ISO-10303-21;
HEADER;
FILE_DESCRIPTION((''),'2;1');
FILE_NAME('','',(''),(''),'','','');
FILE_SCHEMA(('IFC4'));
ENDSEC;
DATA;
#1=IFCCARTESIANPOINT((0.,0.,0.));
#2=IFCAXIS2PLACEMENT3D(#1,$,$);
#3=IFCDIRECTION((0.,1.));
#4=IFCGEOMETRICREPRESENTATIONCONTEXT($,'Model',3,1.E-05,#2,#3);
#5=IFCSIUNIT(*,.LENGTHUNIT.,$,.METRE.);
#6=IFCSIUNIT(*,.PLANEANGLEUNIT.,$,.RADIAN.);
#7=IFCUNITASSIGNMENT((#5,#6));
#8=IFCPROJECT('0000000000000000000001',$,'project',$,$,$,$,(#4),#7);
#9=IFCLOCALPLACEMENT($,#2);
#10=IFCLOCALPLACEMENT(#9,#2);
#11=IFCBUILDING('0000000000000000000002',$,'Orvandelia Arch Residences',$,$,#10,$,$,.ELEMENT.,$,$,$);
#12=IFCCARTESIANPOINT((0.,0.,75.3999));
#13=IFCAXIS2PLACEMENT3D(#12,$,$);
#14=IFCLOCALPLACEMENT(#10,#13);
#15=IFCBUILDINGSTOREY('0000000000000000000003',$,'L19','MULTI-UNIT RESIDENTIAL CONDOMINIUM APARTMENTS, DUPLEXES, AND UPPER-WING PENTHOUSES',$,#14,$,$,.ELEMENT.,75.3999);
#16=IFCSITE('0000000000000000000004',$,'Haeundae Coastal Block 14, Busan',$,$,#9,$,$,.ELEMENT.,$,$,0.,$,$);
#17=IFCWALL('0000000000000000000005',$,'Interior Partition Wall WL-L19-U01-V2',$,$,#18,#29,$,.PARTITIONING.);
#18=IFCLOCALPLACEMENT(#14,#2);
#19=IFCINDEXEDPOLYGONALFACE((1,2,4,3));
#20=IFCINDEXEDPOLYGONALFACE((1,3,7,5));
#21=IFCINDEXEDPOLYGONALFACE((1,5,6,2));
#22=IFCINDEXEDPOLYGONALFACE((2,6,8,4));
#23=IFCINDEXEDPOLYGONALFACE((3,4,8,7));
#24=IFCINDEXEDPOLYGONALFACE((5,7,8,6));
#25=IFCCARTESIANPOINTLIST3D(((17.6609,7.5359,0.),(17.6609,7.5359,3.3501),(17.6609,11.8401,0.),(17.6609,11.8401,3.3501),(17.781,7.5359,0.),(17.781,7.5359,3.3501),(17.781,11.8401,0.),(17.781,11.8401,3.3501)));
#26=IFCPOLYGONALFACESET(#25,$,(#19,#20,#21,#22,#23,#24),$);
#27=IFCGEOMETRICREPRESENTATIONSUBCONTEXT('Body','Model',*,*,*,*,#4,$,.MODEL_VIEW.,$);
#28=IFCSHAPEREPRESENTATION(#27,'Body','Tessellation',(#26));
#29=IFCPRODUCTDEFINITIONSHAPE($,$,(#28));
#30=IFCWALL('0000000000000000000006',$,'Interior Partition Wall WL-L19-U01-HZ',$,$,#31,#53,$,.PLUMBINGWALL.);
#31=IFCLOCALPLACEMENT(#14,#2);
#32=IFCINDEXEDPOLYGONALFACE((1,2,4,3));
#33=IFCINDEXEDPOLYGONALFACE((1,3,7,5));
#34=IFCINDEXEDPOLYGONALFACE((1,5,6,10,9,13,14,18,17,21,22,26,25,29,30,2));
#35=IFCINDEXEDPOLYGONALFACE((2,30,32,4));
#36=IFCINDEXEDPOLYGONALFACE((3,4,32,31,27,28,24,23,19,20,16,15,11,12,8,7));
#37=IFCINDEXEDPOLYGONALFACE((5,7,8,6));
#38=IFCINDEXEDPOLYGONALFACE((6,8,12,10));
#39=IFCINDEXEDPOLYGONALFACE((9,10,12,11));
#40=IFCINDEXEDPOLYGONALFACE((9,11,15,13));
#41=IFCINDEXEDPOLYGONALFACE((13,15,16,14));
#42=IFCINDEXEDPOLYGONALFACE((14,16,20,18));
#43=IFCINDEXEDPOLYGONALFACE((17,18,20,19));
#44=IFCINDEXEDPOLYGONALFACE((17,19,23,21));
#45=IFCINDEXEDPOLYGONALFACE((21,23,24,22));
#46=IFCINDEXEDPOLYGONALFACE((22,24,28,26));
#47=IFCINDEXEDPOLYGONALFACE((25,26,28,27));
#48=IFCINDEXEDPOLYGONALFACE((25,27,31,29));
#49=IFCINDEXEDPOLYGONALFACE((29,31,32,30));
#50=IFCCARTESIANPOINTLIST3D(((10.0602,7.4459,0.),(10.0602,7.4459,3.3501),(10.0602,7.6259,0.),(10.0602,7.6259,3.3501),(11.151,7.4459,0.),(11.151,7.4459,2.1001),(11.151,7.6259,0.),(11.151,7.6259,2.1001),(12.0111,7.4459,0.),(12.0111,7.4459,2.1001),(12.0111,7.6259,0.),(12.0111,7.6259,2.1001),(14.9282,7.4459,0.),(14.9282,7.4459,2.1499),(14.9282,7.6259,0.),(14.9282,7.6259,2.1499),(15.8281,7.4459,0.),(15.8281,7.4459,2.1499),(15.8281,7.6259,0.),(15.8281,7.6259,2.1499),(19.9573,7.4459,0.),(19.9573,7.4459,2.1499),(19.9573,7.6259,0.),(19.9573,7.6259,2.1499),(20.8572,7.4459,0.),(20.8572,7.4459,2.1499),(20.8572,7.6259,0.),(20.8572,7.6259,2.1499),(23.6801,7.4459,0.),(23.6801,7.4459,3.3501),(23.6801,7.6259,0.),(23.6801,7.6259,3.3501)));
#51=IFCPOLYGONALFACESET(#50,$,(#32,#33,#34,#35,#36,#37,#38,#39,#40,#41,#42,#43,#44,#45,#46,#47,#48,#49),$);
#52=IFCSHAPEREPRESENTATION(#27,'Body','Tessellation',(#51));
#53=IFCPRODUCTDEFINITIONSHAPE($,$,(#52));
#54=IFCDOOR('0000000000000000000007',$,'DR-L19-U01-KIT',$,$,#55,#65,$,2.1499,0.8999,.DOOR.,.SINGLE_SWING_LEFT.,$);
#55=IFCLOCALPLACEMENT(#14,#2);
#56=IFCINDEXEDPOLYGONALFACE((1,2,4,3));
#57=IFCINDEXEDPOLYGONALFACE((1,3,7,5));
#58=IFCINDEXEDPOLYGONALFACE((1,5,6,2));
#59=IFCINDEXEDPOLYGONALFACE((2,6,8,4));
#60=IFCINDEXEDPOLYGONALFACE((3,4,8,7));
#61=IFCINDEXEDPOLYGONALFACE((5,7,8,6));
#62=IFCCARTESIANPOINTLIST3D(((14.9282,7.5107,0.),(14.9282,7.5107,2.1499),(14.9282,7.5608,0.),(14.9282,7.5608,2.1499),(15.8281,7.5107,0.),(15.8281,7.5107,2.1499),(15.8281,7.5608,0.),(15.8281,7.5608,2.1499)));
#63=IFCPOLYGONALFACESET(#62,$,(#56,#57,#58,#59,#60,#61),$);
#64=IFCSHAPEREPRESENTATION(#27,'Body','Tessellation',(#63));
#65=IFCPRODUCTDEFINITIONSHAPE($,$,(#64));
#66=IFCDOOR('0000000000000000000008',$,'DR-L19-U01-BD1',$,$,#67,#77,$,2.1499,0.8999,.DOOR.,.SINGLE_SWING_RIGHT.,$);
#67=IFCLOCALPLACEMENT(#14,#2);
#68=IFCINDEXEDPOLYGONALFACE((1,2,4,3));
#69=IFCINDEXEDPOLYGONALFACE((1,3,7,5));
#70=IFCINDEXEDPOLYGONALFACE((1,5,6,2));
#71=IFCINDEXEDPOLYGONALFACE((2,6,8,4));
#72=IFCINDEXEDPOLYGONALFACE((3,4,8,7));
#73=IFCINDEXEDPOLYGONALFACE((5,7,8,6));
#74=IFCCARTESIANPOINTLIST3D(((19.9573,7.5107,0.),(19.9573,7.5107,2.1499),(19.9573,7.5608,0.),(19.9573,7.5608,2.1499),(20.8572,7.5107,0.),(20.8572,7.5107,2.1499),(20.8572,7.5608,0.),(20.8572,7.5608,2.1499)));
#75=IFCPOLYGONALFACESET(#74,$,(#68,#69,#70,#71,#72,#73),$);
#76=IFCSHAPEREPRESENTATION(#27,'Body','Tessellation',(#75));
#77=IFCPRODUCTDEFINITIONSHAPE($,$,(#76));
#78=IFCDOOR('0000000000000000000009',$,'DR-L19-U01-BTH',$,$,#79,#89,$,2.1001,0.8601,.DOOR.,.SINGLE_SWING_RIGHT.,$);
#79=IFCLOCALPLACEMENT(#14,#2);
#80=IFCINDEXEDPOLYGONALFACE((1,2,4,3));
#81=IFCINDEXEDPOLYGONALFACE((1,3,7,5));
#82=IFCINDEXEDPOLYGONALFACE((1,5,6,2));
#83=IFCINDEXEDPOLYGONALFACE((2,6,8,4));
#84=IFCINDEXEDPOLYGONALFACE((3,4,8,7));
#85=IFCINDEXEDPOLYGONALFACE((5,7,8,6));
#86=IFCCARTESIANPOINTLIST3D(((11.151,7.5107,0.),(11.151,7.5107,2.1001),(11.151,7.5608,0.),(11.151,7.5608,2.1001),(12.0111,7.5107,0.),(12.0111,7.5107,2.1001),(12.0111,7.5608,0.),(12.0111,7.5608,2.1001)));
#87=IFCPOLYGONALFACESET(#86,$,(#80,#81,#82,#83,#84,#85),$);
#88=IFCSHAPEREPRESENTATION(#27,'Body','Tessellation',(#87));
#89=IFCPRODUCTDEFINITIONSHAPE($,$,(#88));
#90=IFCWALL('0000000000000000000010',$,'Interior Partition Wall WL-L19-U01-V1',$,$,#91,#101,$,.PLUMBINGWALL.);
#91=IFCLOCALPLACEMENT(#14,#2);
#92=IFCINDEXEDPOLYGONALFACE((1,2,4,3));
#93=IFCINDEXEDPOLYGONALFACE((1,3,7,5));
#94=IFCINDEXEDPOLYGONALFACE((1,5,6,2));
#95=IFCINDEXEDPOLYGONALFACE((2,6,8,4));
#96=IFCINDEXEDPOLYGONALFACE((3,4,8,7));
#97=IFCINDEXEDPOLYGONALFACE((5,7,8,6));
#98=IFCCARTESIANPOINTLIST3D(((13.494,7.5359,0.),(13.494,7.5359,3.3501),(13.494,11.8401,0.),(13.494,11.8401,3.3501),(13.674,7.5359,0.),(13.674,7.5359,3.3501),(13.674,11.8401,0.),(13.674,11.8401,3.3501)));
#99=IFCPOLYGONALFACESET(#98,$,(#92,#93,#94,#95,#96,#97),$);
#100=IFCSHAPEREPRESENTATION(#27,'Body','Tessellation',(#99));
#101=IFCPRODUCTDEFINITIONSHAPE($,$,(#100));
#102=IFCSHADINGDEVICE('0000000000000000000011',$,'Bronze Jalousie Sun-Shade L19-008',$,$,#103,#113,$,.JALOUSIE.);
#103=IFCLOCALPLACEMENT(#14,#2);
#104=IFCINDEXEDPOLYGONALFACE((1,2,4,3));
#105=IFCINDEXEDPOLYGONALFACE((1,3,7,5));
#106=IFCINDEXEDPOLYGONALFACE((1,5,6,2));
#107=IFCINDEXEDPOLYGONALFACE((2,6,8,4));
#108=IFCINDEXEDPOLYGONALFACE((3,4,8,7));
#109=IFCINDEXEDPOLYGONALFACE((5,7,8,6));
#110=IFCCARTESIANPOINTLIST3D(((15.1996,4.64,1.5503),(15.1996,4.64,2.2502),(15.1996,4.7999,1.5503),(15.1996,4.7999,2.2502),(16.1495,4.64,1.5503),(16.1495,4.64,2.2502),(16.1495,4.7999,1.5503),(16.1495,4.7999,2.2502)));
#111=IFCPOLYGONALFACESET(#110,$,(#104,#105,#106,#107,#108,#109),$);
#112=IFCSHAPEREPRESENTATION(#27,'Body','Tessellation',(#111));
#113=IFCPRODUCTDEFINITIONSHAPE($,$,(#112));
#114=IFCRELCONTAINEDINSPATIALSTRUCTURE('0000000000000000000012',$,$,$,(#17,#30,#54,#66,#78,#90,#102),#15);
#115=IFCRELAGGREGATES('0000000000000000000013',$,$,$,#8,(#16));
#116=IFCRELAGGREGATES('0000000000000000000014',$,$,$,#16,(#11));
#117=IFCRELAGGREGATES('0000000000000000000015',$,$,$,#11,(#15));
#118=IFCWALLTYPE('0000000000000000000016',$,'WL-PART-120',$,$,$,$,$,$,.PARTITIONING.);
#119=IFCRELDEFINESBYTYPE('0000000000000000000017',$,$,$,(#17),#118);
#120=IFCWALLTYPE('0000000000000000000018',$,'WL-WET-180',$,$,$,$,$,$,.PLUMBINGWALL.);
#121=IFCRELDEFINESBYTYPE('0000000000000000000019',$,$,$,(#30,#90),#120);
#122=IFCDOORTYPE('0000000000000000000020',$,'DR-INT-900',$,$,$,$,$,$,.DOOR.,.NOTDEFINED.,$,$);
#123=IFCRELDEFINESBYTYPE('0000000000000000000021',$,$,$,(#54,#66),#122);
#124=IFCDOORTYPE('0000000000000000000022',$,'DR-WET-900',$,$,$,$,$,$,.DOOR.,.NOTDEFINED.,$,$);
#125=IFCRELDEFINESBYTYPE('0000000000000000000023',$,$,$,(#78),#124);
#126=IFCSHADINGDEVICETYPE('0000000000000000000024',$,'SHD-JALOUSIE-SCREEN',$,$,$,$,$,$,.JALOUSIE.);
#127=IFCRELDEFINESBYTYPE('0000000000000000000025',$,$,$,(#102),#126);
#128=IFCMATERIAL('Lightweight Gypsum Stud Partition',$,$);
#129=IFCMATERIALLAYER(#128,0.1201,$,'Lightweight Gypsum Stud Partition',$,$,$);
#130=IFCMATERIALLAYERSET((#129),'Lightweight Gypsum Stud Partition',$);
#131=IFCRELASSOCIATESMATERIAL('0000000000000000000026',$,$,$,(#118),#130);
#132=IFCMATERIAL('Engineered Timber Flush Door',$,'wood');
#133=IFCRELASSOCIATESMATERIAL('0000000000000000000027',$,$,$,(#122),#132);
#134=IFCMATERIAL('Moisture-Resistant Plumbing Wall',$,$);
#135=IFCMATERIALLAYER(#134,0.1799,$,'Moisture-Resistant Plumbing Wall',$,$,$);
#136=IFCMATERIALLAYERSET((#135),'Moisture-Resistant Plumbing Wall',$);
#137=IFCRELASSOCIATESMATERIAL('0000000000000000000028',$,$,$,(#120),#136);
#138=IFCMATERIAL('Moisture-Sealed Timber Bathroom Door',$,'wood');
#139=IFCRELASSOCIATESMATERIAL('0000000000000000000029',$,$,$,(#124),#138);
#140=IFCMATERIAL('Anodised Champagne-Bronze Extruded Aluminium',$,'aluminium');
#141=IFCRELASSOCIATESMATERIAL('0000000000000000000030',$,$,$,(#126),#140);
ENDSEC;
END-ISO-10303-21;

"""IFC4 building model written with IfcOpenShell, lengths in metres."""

from ifc_helpers import new_model, si_unit, direction, frame, frame_2d, origin, origin_2d, place, context, subcontext, project, spatial, rectangle, extrude, material, layer, layer_set, type_object, element, fill, save


model = new_model("IFC4")

# Units and contexts
model_context = context("Model", 3, precision=1e-05, world=origin(), true_north=direction((0.0, 1.0)))
body_context = subcontext(model_context, "Body", "Model", "MODEL_VIEW")
ifc_project = project(units=[si_unit("LENGTHUNIT", "METRE"), si_unit("PLANEANGLEUNIT", "RADIAN")], contexts=[model_context])

# Site, building, storey
site_placement = place(None, origin())
site = spatial("IfcSite", under=ifc_project, at=site_placement, Name="Haeundae Coastal Block 14, Busan", CompositionType="ELEMENT", RefElevation=0.0)
building_placement = place(site_placement, origin())
building = spatial("IfcBuilding", under=site, at=building_placement, Name="Orvandelia Arch Residences", CompositionType="ELEMENT")
storey_placement = place(building_placement, frame((0.0, 0.0, 75.3999)))
storey = spatial("IfcBuildingStorey", under=building, at=storey_placement, Name="L19", Description="MULTI-UNIT RESIDENTIAL CONDOMINIUM APARTMENTS, DUPLEXES, AND UPPER-WING PENTHOUSES", CompositionType="ELEMENT", Elevation=75.3999)

# Wall
ifc_material_1 = material(Name="Lightweight Gypsum Stud Partition")
ifc_layer_1 = layer(ifc_material_1, 0.1201, Name="Lightweight Gypsum Stud Partition")
ifc_layer_set_1 = layer_set([ifc_layer_1], Name="Lightweight Gypsum Stud Partition")
wall_type_1 = type_object("IfcWallType", Name="WL-PART-120", PredefinedType="PARTITIONING", material=ifc_layer_set_1)
wall_1_placement = place(storey_placement, frame((17.7209, 7.5359, 0.0), z_axis=(0.0, 0.0, 1.0), x_axis=(0.0, 1.0, 0.0)))
element("IfcWall", 1, at=wall_1_placement, inside=storey, type_object=wall_type_1, Name="Interior Partition Wall WL-L19-U01-V2", PredefinedType="PARTITIONING", context=body_context, shape_type="SweptSolid", body=[
    extrude(rectangle(XDim=4.3042, YDim=0.1201, at=frame_2d((2.1521, 0.0))), origin(), (0.0, 0.0, 1.0), 3.3501),
])

# Shared definitions
ifc_material_2 = material(Name="Engineered Timber Flush Door", Category="wood")
door_type_1 = type_object("IfcDoorType", Name="DR-INT-900", OperationType="NOTDEFINED", PredefinedType="DOOR", material=ifc_material_2)

# Wall, openings, doors
ifc_material_3 = material(Name="Moisture-Resistant Plumbing Wall")
ifc_layer_2 = layer(ifc_material_3, 0.1799, Name="Moisture-Resistant Plumbing Wall")
ifc_layer_set_2 = layer_set([ifc_layer_2], Name="Moisture-Resistant Plumbing Wall")
wall_type_2 = type_object("IfcWallType", Name="WL-WET-180", PredefinedType="PLUMBINGWALL", material=ifc_layer_set_2)
wall_2_placement = place(storey_placement, frame((10.0601, 7.5359, 0.0), z_axis=(0.0, 0.0, 1.0), x_axis=(1.0, 0.0, 0.0)))
wall_2 = element("IfcWall", 2, at=wall_2_placement, inside=storey, type_object=wall_type_2, Name="Interior Partition Wall WL-L19-U01-HZ", PredefinedType="PLUMBINGWALL", context=body_context, shape_type="SweptSolid", body=[
    extrude(rectangle(XDim=13.6199, YDim=0.1799, at=frame_2d((6.8101, 0.0))), origin(), (0.0, 0.0, 1.0), 3.3501),
])
opening_1_placement = place(wall_2_placement, frame((1.0908, 0.0, 0.0)))
opening_1 = element("IfcOpeningElement", 3, at=opening_1_placement, cuts=wall_2, PredefinedType="OPENING", context=body_context, shape_type="SweptSolid", body=[
    extrude(rectangle(XDim=0.8601, YDim=2.1001, at=frame_2d((0.4302, 1.05))), frame((0.0, 0.1001, 0.0), z_axis=(0.0, -1.0, 0.0), x_axis=(1.0, 0.0, 0.0)), (0.0, 0.0, 1.0), 0.2),
])
opening_2_placement = place(wall_2_placement, frame((4.8682, 0.0, 0.0)))
opening_2 = element("IfcOpeningElement", 4, at=opening_2_placement, cuts=wall_2, PredefinedType="OPENING", context=body_context, shape_type="SweptSolid", body=[
    extrude(rectangle(XDim=0.8999, YDim=2.1499, at=frame_2d((0.45, 1.075))), frame((0.0, 0.1001, 0.0), z_axis=(0.0, -1.0, 0.0), x_axis=(1.0, 0.0, 0.0)), (0.0, 0.0, 1.0), 0.2),
])
opening_3_placement = place(wall_2_placement, frame((9.8972, 0.0, 0.0)))
opening_3 = element("IfcOpeningElement", 5, at=opening_3_placement, cuts=wall_2, PredefinedType="OPENING", context=body_context, shape_type="SweptSolid", body=[
    extrude(rectangle(XDim=0.8999, YDim=2.1499, at=frame_2d((0.45, 1.075))), frame((0.0, 0.1001, 0.0), z_axis=(0.0, -1.0, 0.0), x_axis=(1.0, 0.0, 0.0)), (0.0, 0.0, 1.0), 0.2),
])
door_1_placement = place(opening_2_placement, origin())
door_1 = element("IfcDoor", 6, at=door_1_placement, inside=storey, type_object=door_type_1, Name="DR-L19-U01-KIT", OperationType="SINGLE_SWING_LEFT", OverallHeight=2.1499, OverallWidth=0.8999, PredefinedType="DOOR", context=body_context, shape_type="SweptSolid", body=[
    extrude(rectangle(XDim=0.8999, YDim=2.1499, at=frame_2d((0.45, 1.075))), frame((0.0, 0.0249, 0.0), z_axis=(0.0, -1.0, 0.0), x_axis=(1.0, 0.0, 0.0)), (0.0, 0.0, 1.0), 0.05),
])
fill(opening_2, door_1)
door_2_placement = place(opening_3_placement, origin())
door_2 = element("IfcDoor", 7, at=door_2_placement, inside=storey, type_object=door_type_1, Name="DR-L19-U01-BD1", OperationType="SINGLE_SWING_RIGHT", OverallHeight=2.1499, OverallWidth=0.8999, PredefinedType="DOOR", context=body_context, shape_type="SweptSolid", body=[
    extrude(rectangle(XDim=0.8999, YDim=2.1499, at=frame_2d((0.45, 1.075))), frame((0.0, 0.0249, 0.0), z_axis=(0.0, -1.0, 0.0), x_axis=(1.0, 0.0, 0.0)), (0.0, 0.0, 1.0), 0.05),
])
fill(opening_3, door_2)
ifc_material_4 = material(Name="Moisture-Sealed Timber Bathroom Door", Category="wood")
door_type_2 = type_object("IfcDoorType", Name="DR-WET-900", OperationType="NOTDEFINED", PredefinedType="DOOR", material=ifc_material_4)
door_3_placement = place(opening_1_placement, origin())
door_3 = element("IfcDoor", 8, at=door_3_placement, inside=storey, type_object=door_type_2, Name="DR-L19-U01-BTH", OperationType="SINGLE_SWING_RIGHT", OverallHeight=2.1001, OverallWidth=0.8601, PredefinedType="DOOR", context=body_context, shape_type="SweptSolid", body=[
    extrude(rectangle(XDim=0.8601, YDim=2.1001, at=frame_2d((0.4302, 1.05))), frame((0.0, 0.0249, 0.0), z_axis=(0.0, -1.0, 0.0), x_axis=(1.0, 0.0, 0.0)), (0.0, 0.0, 1.0), 0.05),
])
fill(opening_1, door_3)

# Wall
wall_3_placement = place(storey_placement, frame((13.584, 7.5359, 0.0), z_axis=(0.0, 0.0, 1.0), x_axis=(0.0, 1.0, 0.0)))
element("IfcWall", 9, at=wall_3_placement, inside=storey, type_object=wall_type_2, Name="Interior Partition Wall WL-L19-U01-V1", PredefinedType="PLUMBINGWALL", context=body_context, shape_type="SweptSolid", body=[
    extrude(rectangle(XDim=4.3042, YDim=0.1799, at=frame_2d((2.1521, 0.0))), origin(), (0.0, 0.0, 1.0), 3.3501),
])

# Shading device
ifc_material_5 = material(Name="Anodised Champagne-Bronze Extruded Aluminium", Category="aluminium")
shading_device_type = type_object("IfcShadingDeviceType", Name="SHD-JALOUSIE-SCREEN", PredefinedType="JALOUSIE", material=ifc_material_5)
shading_device_placement = place(storey_placement, frame((15.6746, 4.72, 1.5503), z_axis=(0.0, 0.0, 1.0), x_axis=(-1.0, 0.0, 0.0)))
element("IfcShadingDevice", 10, at=shading_device_placement, inside=storey, type_object=shading_device_type, Name="Bronze Jalousie Sun-Shade L19-008", PredefinedType="JALOUSIE", context=body_context, shape_type="SweptSolid", body=[
    extrude(rectangle(XDim=0.95, YDim=0.1599, at=origin_2d()), origin(), (0.0, 0.0, 1.0), 0.7),
])

save(model, "model.ifc")
